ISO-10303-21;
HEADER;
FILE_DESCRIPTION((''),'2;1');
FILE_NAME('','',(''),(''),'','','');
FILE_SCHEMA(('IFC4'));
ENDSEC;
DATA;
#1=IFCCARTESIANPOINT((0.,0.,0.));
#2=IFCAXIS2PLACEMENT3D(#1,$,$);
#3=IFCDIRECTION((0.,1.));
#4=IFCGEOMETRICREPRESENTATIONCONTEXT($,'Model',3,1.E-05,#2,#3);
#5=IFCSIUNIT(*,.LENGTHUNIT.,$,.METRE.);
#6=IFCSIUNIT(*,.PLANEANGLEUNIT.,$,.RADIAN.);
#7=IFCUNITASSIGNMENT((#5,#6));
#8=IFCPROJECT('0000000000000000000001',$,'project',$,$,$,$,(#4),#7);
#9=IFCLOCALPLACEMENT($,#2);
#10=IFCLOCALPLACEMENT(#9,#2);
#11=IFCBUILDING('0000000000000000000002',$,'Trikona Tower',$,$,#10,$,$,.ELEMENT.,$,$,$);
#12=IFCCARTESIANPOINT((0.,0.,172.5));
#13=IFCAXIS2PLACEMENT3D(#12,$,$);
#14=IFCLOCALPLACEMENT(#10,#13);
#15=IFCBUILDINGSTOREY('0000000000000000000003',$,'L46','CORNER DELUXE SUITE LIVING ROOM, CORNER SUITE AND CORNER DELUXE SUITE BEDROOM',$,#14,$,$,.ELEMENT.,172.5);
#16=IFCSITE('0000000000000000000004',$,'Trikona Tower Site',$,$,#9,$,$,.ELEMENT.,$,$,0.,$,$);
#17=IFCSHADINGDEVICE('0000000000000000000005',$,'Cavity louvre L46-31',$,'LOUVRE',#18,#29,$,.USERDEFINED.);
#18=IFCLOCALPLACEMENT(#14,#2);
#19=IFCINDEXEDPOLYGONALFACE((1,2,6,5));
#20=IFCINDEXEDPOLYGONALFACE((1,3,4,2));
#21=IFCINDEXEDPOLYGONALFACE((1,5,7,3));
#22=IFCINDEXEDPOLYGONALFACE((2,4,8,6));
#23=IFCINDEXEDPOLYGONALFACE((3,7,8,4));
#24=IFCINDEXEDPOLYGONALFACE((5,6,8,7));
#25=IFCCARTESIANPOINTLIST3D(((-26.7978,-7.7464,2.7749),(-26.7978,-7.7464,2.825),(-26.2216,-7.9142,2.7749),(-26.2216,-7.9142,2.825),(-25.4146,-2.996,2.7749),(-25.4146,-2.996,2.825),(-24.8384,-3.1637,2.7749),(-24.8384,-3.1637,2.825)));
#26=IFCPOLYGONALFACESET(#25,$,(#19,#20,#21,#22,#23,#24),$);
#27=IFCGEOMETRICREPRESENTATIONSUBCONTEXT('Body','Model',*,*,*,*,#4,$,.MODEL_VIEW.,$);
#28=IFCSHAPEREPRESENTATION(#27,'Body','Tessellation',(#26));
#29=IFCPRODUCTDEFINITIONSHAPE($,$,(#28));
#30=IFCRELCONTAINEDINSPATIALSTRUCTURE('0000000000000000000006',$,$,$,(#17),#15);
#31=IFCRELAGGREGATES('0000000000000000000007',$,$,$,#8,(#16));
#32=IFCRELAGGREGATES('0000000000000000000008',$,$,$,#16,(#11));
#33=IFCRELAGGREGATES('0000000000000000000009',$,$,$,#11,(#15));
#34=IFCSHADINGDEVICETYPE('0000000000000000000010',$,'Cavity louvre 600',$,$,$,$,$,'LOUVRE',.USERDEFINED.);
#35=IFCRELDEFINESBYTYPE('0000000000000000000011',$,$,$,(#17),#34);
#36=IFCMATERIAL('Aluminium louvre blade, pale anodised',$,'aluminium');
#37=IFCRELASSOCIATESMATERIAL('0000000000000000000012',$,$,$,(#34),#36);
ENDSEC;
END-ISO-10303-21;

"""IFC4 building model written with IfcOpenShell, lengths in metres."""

from ifc_helpers import new_model, si_unit, direction, frame, origin, origin_2d, place, context, subcontext, project, spatial, rectangle, extrude, material, type_object, element, save


model = new_model("IFC4")

# Units and contexts
model_context = context("Model", 3, precision=1e-05, world=origin(), true_north=direction((0.0, 1.0)))
body_context = subcontext(model_context, "Body", "Model", "MODEL_VIEW")
ifc_project = project(units=[si_unit("LENGTHUNIT", "METRE"), si_unit("PLANEANGLEUNIT", "RADIAN")], contexts=[model_context])

# Site, building, storey
site_placement = place(None, origin())
site = spatial("IfcSite", under=ifc_project, at=site_placement, Name="Trikona Tower Site", CompositionType="ELEMENT", RefElevation=0.0)
building_placement = place(site_placement, origin())
building = spatial("IfcBuilding", under=site, at=building_placement, Name="Trikona Tower", CompositionType="ELEMENT")
storey_placement = place(building_placement, frame((0.0, 0.0, 172.5)))
storey = spatial("IfcBuildingStorey", under=building, at=storey_placement, Name="L46", Description="CORNER DELUXE SUITE LIVING ROOM, CORNER SUITE AND CORNER DELUXE SUITE BEDROOM", CompositionType="ELEMENT", Elevation=172.5)

# Shading device
ifc_material_1 = material(Name="Aluminium louvre blade, pale anodised", Category="aluminium")
shading_device_type = type_object("IfcShadingDeviceType", Name="Cavity louvre 600", ElementType="LOUVRE", PredefinedType="USERDEFINED", material=ifc_material_1)
shading_device_1_placement = place(storey_placement, frame((-25.8181, -5.4551, 2.7749), z_axis=(0.0, 0.0, 1.0), x_axis=(-0.279554, -0.96013, 0.0)))
element("IfcShadingDevice", 1, at=shading_device_1_placement, inside=storey, type_object=shading_device_type, Name="Cavity louvre L46-31", ObjectType="LOUVRE", PredefinedType="USERDEFINED", context=body_context, shape_type="SweptSolid", body=[
    extrude(rectangle(XDim=4.9478, YDim=0.6001, at=origin_2d()), origin(), (0.0, 0.0, 1.0), 0.05),
])

save(model, "model.ifc")
